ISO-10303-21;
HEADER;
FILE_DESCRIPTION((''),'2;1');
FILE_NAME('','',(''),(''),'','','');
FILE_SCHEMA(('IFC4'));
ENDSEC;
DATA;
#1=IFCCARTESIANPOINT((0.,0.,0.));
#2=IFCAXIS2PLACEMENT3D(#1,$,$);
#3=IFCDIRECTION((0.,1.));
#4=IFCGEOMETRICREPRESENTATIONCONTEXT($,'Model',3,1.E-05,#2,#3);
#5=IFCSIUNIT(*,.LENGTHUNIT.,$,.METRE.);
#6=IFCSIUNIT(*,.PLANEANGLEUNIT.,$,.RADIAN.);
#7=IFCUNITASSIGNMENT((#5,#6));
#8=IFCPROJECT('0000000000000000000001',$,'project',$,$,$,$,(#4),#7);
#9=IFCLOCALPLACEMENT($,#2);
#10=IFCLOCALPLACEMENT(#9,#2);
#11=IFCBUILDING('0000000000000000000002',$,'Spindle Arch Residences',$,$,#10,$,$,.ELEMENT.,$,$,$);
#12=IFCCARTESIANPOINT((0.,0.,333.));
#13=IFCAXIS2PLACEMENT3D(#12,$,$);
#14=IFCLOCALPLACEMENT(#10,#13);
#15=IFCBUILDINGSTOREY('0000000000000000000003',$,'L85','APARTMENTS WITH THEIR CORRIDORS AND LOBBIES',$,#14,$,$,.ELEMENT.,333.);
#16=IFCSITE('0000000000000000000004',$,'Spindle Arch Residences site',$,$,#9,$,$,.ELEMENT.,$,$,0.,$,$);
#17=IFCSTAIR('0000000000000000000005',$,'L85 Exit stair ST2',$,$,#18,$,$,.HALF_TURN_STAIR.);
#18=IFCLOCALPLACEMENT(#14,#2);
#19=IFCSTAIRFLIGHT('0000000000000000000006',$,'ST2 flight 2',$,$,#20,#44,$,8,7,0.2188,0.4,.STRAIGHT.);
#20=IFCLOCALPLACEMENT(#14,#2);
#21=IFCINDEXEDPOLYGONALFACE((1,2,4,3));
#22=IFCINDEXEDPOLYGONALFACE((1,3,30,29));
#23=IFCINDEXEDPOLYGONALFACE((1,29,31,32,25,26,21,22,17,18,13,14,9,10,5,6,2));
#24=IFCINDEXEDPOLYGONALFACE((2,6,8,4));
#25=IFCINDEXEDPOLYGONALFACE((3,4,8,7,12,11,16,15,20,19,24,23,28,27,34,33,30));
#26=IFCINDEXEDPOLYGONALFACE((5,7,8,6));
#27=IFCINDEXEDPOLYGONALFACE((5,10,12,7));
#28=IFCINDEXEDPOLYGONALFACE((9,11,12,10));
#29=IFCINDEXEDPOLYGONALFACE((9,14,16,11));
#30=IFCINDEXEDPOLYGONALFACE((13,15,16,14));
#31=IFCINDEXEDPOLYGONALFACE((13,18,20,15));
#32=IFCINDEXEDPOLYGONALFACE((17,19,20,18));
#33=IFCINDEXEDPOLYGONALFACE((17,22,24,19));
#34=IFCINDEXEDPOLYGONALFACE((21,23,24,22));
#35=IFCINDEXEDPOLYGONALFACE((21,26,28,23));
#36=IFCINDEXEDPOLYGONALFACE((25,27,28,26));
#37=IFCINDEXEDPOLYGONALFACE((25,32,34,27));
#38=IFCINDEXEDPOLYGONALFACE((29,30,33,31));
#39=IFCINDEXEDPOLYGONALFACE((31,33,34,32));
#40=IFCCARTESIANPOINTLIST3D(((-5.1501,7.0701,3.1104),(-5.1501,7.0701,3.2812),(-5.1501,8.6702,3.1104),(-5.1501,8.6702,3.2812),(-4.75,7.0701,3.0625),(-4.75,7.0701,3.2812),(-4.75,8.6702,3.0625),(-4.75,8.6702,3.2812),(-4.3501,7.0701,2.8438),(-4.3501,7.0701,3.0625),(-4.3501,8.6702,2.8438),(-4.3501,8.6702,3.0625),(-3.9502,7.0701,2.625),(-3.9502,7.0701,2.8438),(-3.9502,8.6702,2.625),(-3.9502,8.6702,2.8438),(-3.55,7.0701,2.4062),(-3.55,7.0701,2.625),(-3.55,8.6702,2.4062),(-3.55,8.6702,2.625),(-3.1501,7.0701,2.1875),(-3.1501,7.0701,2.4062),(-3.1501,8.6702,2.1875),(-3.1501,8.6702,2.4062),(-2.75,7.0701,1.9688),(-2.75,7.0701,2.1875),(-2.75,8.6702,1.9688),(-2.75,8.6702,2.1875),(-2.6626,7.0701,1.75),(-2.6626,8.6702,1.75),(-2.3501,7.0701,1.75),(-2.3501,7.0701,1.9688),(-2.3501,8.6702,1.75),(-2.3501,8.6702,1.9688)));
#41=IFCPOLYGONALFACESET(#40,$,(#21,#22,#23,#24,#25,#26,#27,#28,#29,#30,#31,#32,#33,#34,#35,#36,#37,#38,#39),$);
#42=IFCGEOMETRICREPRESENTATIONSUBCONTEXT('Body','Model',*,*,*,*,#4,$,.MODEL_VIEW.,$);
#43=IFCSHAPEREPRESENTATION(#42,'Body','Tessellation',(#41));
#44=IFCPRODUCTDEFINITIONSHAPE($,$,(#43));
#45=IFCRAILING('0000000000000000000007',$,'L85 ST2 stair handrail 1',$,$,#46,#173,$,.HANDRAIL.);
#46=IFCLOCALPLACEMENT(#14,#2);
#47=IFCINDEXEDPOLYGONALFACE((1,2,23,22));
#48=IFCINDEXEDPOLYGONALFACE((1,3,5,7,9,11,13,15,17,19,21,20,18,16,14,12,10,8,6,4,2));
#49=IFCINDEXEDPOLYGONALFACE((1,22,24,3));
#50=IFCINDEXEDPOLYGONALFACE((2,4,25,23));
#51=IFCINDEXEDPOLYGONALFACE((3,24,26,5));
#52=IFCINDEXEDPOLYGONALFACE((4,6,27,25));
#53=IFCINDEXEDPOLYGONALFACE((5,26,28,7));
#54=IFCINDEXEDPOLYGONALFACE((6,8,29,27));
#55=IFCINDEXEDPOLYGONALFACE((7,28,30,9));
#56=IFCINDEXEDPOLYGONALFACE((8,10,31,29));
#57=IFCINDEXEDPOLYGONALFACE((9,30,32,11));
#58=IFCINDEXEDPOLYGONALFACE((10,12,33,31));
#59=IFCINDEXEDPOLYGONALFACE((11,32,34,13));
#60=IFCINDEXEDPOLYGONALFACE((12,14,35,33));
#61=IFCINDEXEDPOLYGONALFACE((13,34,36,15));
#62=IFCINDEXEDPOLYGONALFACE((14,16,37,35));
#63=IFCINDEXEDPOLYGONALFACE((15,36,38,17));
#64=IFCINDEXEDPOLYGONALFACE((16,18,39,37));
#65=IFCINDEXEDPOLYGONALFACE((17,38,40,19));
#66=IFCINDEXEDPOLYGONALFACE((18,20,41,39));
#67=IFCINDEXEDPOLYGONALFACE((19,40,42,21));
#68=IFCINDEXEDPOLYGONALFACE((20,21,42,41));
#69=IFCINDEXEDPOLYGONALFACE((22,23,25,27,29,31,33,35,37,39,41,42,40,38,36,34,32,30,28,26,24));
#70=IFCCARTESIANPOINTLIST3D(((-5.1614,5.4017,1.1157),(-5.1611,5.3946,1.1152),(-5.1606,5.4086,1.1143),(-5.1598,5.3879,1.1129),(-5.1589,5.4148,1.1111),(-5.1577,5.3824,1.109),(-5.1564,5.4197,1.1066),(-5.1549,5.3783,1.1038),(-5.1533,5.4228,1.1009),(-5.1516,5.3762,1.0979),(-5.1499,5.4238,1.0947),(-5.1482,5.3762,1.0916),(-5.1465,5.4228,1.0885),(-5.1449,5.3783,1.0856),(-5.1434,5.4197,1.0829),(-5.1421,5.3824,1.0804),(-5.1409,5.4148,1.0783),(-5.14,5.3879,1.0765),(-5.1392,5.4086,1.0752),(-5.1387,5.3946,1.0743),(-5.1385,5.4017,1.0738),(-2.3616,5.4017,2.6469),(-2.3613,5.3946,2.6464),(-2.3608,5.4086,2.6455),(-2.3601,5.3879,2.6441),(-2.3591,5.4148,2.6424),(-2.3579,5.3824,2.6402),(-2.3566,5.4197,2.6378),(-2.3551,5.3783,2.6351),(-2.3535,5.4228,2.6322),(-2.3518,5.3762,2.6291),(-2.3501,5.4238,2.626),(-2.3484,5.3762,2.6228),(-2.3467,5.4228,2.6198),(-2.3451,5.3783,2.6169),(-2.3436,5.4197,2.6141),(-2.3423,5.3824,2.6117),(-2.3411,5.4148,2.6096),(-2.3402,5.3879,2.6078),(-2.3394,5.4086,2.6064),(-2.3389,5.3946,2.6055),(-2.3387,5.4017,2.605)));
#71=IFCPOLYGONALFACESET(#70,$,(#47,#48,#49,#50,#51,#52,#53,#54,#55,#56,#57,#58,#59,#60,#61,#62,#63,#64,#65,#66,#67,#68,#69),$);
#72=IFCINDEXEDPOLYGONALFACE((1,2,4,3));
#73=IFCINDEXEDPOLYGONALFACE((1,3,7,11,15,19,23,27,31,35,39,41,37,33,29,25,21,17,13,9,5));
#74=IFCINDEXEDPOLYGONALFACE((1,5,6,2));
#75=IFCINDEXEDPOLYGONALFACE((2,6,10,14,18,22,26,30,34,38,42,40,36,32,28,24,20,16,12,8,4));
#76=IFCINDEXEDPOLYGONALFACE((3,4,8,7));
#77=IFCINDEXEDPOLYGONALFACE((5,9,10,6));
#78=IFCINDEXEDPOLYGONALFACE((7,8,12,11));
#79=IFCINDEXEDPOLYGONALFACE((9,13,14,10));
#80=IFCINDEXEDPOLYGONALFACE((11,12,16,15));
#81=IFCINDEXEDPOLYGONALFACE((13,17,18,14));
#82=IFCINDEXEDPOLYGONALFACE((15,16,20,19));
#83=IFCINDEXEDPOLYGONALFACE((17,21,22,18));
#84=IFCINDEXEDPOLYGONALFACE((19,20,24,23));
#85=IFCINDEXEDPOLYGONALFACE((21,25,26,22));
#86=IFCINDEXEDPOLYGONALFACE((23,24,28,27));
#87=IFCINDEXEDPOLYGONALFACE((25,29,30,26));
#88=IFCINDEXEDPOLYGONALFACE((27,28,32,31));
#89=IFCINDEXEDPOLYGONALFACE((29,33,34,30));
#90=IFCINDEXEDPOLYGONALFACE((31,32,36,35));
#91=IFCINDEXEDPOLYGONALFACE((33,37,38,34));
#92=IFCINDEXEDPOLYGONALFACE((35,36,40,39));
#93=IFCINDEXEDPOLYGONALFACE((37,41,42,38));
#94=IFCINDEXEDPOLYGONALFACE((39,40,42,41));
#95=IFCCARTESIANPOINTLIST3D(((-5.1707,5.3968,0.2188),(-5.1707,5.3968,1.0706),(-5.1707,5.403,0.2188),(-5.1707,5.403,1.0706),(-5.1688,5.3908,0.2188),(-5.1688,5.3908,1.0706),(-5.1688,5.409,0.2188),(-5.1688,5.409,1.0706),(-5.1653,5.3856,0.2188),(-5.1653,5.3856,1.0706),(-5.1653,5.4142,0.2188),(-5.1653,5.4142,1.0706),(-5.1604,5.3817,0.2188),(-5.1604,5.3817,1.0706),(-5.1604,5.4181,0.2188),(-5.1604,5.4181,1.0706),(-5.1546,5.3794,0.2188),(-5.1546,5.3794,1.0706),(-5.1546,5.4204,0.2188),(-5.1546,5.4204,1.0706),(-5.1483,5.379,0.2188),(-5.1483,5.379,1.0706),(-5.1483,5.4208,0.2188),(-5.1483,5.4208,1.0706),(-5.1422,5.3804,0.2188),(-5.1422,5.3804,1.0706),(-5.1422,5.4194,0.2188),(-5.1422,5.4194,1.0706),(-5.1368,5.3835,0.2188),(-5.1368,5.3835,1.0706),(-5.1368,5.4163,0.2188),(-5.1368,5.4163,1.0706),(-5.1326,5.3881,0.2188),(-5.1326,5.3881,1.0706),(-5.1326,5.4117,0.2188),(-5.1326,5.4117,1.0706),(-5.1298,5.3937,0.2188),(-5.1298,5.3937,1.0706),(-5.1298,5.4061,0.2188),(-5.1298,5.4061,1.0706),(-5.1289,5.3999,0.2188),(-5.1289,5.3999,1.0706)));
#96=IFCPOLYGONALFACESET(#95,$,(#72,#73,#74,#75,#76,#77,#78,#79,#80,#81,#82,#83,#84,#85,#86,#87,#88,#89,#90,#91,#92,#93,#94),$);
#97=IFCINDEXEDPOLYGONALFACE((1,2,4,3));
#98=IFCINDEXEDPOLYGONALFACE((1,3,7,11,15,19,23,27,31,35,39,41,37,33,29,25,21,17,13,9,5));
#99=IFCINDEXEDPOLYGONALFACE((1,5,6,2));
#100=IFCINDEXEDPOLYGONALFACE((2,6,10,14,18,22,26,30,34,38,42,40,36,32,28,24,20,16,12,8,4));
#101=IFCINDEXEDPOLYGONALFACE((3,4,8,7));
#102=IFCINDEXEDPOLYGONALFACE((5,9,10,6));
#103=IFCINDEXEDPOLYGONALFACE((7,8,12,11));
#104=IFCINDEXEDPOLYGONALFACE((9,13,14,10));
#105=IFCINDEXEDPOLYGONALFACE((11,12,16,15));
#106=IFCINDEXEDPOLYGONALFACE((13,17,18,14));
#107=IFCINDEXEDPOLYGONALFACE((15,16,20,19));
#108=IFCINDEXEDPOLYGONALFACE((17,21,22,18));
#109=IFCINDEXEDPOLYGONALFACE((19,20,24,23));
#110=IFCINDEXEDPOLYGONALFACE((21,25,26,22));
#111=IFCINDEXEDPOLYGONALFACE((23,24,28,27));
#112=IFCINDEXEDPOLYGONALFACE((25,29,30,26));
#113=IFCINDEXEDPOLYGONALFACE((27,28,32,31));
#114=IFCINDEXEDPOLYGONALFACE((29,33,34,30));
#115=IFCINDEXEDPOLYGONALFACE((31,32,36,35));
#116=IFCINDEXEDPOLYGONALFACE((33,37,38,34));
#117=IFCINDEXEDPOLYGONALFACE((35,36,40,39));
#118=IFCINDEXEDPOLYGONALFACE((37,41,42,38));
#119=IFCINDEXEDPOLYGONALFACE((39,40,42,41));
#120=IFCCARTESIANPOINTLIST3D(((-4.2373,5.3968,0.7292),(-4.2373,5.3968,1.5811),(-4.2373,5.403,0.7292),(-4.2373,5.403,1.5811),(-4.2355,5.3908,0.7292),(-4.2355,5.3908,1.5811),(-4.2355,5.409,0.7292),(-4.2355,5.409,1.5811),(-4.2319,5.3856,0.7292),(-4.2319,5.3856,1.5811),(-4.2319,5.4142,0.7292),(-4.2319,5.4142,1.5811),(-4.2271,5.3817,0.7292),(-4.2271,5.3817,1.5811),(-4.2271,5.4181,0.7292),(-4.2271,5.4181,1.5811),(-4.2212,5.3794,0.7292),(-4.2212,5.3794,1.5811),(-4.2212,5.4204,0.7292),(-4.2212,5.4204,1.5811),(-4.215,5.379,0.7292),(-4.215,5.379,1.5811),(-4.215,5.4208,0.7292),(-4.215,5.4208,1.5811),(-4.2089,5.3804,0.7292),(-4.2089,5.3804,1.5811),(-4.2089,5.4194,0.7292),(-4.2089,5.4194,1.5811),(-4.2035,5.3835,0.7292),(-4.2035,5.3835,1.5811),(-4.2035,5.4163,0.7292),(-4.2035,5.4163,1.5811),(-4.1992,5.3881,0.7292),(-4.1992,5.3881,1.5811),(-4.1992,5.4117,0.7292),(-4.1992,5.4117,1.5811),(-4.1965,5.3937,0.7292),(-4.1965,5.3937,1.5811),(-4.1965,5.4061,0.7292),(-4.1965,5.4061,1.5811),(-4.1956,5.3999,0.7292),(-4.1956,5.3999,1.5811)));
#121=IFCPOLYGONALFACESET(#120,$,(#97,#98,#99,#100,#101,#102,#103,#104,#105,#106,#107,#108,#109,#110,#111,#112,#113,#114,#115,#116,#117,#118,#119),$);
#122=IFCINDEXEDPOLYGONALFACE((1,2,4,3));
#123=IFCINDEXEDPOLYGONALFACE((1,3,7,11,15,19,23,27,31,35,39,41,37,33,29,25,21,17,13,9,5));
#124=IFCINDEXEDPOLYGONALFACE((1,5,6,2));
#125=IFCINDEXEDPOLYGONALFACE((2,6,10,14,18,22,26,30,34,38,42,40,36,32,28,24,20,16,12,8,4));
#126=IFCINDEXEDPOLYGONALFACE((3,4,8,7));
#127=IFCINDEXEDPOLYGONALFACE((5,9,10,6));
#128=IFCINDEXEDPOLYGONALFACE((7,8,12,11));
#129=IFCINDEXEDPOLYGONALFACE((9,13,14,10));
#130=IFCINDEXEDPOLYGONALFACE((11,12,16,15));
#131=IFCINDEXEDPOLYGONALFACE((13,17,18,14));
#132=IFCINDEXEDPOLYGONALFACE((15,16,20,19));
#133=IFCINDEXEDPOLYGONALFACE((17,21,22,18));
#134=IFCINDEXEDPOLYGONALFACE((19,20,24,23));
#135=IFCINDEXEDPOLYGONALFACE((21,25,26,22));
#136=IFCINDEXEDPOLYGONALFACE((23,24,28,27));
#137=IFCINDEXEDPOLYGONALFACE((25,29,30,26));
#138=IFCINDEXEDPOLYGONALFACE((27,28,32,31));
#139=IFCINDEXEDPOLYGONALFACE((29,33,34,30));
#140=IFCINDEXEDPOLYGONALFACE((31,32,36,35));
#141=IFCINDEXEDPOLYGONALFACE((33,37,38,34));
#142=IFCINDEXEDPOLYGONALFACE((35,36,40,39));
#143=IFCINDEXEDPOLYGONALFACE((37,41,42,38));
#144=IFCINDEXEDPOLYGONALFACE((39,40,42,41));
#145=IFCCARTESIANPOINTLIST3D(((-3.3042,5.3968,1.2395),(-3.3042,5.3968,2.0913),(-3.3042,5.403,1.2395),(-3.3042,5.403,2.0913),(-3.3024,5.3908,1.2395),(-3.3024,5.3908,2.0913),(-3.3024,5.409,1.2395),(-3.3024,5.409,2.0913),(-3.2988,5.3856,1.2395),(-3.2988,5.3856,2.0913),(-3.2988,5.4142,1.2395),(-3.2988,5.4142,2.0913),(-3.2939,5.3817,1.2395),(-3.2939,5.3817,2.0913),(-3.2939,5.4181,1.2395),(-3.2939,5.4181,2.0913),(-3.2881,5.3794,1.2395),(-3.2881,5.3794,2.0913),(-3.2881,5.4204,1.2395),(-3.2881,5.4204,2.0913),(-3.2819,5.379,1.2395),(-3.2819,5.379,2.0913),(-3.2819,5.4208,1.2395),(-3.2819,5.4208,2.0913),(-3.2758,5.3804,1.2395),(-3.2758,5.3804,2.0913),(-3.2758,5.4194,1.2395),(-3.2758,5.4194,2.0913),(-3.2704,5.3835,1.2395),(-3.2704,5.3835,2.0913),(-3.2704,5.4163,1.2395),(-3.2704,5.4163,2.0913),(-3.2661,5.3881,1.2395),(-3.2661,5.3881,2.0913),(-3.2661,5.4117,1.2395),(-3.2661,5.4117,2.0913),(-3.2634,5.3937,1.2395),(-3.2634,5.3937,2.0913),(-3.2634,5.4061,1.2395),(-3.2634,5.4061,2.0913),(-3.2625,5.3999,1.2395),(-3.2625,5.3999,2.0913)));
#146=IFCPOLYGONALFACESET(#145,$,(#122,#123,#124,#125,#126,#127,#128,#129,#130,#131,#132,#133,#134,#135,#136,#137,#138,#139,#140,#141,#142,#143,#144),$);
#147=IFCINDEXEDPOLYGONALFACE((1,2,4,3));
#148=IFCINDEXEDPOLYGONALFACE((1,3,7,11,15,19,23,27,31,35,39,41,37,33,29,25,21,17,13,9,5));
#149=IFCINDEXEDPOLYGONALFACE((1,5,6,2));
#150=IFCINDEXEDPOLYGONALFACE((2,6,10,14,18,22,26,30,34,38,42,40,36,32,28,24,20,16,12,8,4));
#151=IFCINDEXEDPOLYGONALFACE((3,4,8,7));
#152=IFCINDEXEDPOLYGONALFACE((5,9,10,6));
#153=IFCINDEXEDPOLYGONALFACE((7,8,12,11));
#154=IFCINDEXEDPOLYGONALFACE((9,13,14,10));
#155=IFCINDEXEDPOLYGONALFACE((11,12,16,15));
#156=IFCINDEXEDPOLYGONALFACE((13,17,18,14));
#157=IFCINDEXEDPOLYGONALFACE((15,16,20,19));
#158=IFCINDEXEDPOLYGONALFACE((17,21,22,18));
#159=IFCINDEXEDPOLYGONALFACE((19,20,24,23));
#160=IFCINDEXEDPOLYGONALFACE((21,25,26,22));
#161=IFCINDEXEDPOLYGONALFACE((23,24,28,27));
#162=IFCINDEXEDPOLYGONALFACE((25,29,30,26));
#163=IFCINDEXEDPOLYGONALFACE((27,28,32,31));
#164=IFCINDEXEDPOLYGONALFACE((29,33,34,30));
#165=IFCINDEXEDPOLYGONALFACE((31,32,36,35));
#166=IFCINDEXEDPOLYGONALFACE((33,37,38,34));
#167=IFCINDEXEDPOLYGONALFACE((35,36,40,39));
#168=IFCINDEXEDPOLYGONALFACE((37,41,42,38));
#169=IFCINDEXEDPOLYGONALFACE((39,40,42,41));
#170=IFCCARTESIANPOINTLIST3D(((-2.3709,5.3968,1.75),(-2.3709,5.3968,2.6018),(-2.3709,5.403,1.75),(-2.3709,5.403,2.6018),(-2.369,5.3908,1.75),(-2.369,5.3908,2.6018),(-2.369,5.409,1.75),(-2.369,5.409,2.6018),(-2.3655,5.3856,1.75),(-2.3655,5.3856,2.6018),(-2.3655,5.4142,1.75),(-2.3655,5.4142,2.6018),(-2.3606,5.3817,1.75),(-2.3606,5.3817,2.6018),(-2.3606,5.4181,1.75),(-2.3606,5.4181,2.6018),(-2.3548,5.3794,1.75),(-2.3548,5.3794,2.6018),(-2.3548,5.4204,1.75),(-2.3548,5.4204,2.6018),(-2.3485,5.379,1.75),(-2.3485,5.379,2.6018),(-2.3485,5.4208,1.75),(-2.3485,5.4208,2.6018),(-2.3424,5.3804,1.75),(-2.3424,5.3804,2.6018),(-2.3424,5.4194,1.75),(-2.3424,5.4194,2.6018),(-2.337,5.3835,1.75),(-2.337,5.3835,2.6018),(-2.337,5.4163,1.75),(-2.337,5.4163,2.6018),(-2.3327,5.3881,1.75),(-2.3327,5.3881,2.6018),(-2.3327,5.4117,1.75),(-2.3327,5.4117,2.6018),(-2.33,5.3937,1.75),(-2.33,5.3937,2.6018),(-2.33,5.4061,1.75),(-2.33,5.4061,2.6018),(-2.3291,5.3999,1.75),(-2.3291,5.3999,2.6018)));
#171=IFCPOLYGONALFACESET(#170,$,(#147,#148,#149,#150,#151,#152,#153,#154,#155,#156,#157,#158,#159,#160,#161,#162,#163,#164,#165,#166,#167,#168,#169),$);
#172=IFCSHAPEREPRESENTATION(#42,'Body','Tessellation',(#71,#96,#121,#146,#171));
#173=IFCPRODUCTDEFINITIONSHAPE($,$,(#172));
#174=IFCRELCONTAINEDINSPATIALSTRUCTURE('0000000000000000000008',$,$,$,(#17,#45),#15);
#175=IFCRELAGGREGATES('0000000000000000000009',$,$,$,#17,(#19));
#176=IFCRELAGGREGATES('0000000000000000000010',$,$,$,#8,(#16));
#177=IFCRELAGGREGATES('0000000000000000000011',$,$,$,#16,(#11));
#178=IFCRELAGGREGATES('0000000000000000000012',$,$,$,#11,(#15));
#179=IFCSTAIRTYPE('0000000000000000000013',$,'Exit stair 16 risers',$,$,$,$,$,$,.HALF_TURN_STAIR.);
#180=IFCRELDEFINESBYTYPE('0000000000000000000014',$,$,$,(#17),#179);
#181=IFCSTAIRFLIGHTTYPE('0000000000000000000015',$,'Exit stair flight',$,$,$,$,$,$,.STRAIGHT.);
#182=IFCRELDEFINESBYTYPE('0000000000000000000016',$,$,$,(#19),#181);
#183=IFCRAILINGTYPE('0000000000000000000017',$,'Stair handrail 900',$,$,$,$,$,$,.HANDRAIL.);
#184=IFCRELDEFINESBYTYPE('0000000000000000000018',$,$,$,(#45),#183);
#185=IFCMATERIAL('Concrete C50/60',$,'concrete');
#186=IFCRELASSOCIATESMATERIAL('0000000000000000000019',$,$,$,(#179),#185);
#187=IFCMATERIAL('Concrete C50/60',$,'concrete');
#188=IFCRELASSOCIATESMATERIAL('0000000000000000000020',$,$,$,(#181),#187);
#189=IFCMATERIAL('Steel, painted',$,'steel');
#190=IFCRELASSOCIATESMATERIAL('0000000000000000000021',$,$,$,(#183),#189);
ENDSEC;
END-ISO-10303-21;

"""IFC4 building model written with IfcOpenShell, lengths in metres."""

from ifc_helpers import new_model, si_unit, direction, frame, origin, origin_2d, place, context, subcontext, project, spatial, polyline, circle, outline, extrude, material, type_object, element, aggregate, save


model = new_model("IFC4")

# Units and contexts
model_context = context("Model", 3, precision=1e-05, world=origin(), true_north=direction((0.0, 1.0)))
body_context = subcontext(model_context, "Body", "Model", "MODEL_VIEW")
ifc_project = project(units=[si_unit("LENGTHUNIT", "METRE"), si_unit("PLANEANGLEUNIT", "RADIAN")], contexts=[model_context])

# Site, building, storey
site_placement = place(None, origin())
site = spatial("IfcSite", under=ifc_project, at=site_placement, Name="Spindle Arch Residences site", CompositionType="ELEMENT", RefElevation=0.0)
building_placement = place(site_placement, origin())
building = spatial("IfcBuilding", under=site, at=building_placement, Name="Spindle Arch Residences", CompositionType="ELEMENT")
storey_placement = place(building_placement, frame((0.0, 0.0, 333.0)))
storey = spatial("IfcBuildingStorey", under=building, at=storey_placement, Name="L85", Description="APARTMENTS WITH THEIR CORRIDORS AND LOBBIES", CompositionType="ELEMENT", Elevation=333.0)

# Stair, stair flight
ifc_material_1 = material(Name="Concrete C50/60", Category="concrete")
stair_type = type_object("IfcStairType", Name="Exit stair 16 risers", PredefinedType="HALF_TURN_STAIR", material=ifc_material_1)
stair_placement = place(storey_placement, origin())
stair = element("IfcStair", 1, at=stair_placement, inside=storey, type_object=stair_type, Name="L85 Exit stair ST2", PredefinedType="HALF_TURN_STAIR")
ifc_material_2 = material(Name="Concrete C50/60", Category="concrete")
stair_flight_type = type_object("IfcStairFlightType", Name="Exit stair flight", PredefinedType="STRAIGHT", material=ifc_material_2)
stair_flight_1_placement = place(storey_placement, frame((-2.3501, 7.8701, 1.75), z_axis=(0.0, 0.0, 1.0), x_axis=(-1.0, 0.0, 0.0)))
stair_flight_1 = element("IfcStairFlight", 2, at=stair_flight_1_placement, type_object=stair_flight_type, Name="ST2 flight 2", NumberOfRisers=8, NumberOfTreads=7, PredefinedType="STRAIGHT", RiserHeight=0.2188, TreadLength=0.4, context=body_context, shape_type="SweptSolid", body=[
    extrude(outline(polyline([(0.0, 0.0), (0.0, 0.2188), (0.3999, 0.2188), (0.3999, 0.4375), (0.8, 0.4375), (0.8, 0.6562), (1.2, 0.6562), (1.2, 0.875), (1.6001, 0.875), (1.6001, 1.0938), (2.0, 1.0938), (2.0, 1.3125), (2.3999, 1.3125), (2.3999, 1.5312), (2.8, 1.5312), (2.8, 1.75), (2.8, 1.3604), (0.3125, 0.0), (0.0, 0.0)])), frame((0.0, 0.8, 0.0), z_axis=(0.0, -1.0, 0.0), x_axis=(1.0, 0.0, 0.0)), (0.0, 0.0, 1.0), 1.6001),
])
aggregate(stair, [stair_flight_1])

# Railing
ifc_material_3 = material(Name="Steel, painted", Category="steel")
railing_type_1 = type_object("IfcRailingType", Name="Stair handrail 900", PredefinedType="HANDRAIL", material=ifc_material_3)
railing_1_placement = place(storey_placement, frame((-5.1499, 5.3999, 0.2188)))
element("IfcRailing", 3, at=railing_1_placement, inside=storey, type_object=railing_type_1, Name="L85 ST2 stair handrail 1", PredefinedType="HANDRAIL", context=body_context, shape_type="SweptSolid", body=[
    extrude(circle(Radius=0.0239, at=origin_2d()), frame((0.0, 0.0, 0.876), z_axis=(0.877357, 0.0, 0.479838), x_axis=(0.0, 1.0, 0.0)), (0.0, 0.0, 1.0), 3.1912),
    extrude(circle(Radius=0.021, at=origin_2d()), origin(), (0.0, 0.0, 1.0), 0.8518),
    extrude(circle(Radius=0.021, at=origin_2d()), frame((0.9333, 0.0, 0.5105)), (0.0, 0.0, 1.0), 0.8518),
    extrude(circle(Radius=0.021, at=origin_2d()), frame((1.8665, 0.0, 1.0208)), (0.0, 0.0, 1.0), 0.8518),
    extrude(circle(Radius=0.021, at=origin_2d()), frame((2.7998, 0.0, 1.5312)), (0.0, 0.0, 1.0), 0.8518),
])

save(model, "model.ifc")
